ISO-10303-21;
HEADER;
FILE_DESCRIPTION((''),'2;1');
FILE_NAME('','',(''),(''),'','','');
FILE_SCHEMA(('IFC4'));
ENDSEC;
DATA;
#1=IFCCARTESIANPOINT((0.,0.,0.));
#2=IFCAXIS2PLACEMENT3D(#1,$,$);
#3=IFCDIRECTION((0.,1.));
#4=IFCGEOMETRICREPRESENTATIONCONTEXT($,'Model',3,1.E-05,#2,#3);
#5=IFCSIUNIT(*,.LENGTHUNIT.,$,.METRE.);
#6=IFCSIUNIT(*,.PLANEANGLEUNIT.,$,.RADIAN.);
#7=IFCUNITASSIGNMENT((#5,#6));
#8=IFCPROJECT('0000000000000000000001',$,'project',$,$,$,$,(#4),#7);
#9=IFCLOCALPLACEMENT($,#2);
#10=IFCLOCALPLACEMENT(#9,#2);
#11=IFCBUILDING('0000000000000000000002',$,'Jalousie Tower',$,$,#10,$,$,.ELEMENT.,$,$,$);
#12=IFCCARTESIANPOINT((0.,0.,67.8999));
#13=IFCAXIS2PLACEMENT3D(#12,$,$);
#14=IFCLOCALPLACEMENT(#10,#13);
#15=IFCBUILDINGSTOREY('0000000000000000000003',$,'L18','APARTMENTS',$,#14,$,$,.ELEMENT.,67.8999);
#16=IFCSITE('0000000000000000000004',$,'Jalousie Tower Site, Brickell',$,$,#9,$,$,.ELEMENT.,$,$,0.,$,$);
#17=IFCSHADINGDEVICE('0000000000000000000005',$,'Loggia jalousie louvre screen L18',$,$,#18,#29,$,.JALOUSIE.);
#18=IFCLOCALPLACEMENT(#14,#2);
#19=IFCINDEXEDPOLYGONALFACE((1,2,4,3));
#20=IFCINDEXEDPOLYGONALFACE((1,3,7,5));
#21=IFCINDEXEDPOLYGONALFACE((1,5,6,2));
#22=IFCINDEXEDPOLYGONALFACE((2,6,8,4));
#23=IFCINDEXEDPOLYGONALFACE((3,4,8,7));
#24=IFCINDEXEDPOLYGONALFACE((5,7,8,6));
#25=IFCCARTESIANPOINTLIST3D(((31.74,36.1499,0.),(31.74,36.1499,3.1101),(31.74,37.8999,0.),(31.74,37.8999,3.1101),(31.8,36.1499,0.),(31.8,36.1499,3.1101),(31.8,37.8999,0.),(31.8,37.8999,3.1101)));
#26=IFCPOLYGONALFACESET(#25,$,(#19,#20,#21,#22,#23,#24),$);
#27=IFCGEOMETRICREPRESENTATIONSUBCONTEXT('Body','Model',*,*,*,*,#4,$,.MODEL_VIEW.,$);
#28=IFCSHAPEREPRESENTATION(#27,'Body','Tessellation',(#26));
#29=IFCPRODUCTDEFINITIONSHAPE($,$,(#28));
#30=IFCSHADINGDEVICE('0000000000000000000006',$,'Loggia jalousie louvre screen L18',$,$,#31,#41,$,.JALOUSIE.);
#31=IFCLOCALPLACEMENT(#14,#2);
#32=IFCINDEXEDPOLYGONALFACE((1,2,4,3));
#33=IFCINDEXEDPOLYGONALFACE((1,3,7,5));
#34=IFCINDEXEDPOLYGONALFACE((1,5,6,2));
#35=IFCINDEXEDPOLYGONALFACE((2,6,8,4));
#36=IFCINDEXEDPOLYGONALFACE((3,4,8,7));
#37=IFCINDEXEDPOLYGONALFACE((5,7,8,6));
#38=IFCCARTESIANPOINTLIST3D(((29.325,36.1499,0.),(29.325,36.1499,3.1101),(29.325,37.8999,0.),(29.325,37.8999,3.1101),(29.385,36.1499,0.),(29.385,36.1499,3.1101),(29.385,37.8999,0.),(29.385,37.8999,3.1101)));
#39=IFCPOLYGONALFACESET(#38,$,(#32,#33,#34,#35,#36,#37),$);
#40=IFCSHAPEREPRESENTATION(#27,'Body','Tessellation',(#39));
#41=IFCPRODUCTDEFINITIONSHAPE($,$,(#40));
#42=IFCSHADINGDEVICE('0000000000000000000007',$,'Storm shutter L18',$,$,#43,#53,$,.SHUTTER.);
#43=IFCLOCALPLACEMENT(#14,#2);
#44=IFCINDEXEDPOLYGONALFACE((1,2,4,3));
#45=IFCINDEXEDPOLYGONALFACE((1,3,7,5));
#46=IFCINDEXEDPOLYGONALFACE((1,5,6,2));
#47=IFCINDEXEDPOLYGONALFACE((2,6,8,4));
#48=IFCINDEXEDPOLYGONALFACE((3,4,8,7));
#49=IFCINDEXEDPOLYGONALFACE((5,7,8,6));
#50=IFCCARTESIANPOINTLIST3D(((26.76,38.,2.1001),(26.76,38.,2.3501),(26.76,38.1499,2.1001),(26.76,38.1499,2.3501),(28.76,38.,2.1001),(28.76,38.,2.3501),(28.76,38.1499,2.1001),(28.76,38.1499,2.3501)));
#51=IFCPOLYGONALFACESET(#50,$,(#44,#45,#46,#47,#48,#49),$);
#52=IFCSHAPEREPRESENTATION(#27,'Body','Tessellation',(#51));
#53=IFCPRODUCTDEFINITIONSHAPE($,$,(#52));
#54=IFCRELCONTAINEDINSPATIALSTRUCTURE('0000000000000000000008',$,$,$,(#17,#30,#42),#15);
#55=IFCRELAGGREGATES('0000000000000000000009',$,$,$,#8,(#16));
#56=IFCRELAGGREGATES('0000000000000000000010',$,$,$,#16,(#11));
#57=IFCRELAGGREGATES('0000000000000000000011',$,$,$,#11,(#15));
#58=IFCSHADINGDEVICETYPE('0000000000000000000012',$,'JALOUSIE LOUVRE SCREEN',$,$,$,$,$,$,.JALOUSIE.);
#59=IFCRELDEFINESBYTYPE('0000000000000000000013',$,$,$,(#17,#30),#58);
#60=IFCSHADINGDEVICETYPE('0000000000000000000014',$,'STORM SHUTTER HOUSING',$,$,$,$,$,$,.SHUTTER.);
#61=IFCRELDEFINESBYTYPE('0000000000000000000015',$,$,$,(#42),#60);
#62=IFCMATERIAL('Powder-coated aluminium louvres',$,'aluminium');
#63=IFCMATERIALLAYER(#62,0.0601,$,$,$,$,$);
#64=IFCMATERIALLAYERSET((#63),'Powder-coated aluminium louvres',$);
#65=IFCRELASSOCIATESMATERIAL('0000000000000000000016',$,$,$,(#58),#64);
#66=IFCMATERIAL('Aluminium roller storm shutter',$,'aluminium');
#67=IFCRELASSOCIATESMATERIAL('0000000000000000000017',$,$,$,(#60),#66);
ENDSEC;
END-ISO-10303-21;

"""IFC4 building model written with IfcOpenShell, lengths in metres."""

from ifc_helpers import new_model, si_unit, direction, frame, origin, origin_2d, place, context, subcontext, project, spatial, rectangle, extrude, material, layer, layer_set, type_object, element, save


model = new_model("IFC4")

# Units and contexts
model_context = context("Model", 3, precision=1e-05, world=origin(), true_north=direction((0.0, 1.0)))
body_context = subcontext(model_context, "Body", "Model", "MODEL_VIEW")
ifc_project = project(units=[si_unit("LENGTHUNIT", "METRE"), si_unit("PLANEANGLEUNIT", "RADIAN")], contexts=[model_context])

# Site, building, storey
site_placement = place(None, origin())
site = spatial("IfcSite", under=ifc_project, at=site_placement, Name="Jalousie Tower Site, Brickell", CompositionType="ELEMENT", RefElevation=0.0)
building_placement = place(site_placement, origin())
building = spatial("IfcBuilding", under=site, at=building_placement, Name="Jalousie Tower", CompositionType="ELEMENT")
storey_placement = place(building_placement, frame((0.0, 0.0, 67.8999)))
storey = spatial("IfcBuildingStorey", under=building, at=storey_placement, Name="L18", Description="APARTMENTS", CompositionType="ELEMENT", Elevation=67.8999)

# Shading devices
ifc_material_1 = material(Name="Powder-coated aluminium louvres", Category="aluminium")
ifc_layer_1 = layer(ifc_material_1, 0.0601)
ifc_layer_set_1 = layer_set([ifc_layer_1], Name="Powder-coated aluminium louvres")
shading_device_type_1 = type_object("IfcShadingDeviceType", Name="JALOUSIE LOUVRE SCREEN", PredefinedType="JALOUSIE", material=ifc_layer_set_1)
for number, where, z_axis, x_axis, name in (
    (1, (31.77, 37.0249, 0.0), (0.0, 0.0, 1.0), (-1.0, 0.0, 0.0), "Loggia jalousie louvre screen L18"),
    (2, (29.355, 37.0249, 0.0), (0.0, 0.0, 1.0), (-1.0, 0.0, 0.0), "Loggia jalousie louvre screen L18"),
):
    element("IfcShadingDevice", number, at=place(storey_placement, frame(where, z_axis=z_axis, x_axis=x_axis)), inside=storey, type_object=shading_device_type_1, Name=name, PredefinedType="JALOUSIE", context=body_context, shape_type="SweptSolid", body=[
        extrude(rectangle(XDim=0.0601, YDim=1.75, at=origin_2d()), origin(), (0.0, 0.0, 1.0), 3.1101),
    ])
ifc_material_2 = material(Name="Aluminium roller storm shutter", Category="aluminium")
shading_device_type_2 = type_object("IfcShadingDeviceType", Name="STORM SHUTTER HOUSING", PredefinedType="SHUTTER", material=ifc_material_2)
shading_device_placement = place(storey_placement, frame((27.76, 38.075, 2.1001), z_axis=(0.0, 0.0, 1.0), x_axis=(-1.0, 0.0, 0.0)))
element("IfcShadingDevice", 3, at=shading_device_placement, inside=storey, type_object=shading_device_type_2, Name="Storm shutter L18", PredefinedType="SHUTTER", context=body_context, shape_type="SweptSolid", body=[
    extrude(rectangle(XDim=2.0, YDim=0.1499, at=origin_2d()), origin(), (0.0, 0.0, 1.0), 0.25),
])

save(model, "model.ifc")
